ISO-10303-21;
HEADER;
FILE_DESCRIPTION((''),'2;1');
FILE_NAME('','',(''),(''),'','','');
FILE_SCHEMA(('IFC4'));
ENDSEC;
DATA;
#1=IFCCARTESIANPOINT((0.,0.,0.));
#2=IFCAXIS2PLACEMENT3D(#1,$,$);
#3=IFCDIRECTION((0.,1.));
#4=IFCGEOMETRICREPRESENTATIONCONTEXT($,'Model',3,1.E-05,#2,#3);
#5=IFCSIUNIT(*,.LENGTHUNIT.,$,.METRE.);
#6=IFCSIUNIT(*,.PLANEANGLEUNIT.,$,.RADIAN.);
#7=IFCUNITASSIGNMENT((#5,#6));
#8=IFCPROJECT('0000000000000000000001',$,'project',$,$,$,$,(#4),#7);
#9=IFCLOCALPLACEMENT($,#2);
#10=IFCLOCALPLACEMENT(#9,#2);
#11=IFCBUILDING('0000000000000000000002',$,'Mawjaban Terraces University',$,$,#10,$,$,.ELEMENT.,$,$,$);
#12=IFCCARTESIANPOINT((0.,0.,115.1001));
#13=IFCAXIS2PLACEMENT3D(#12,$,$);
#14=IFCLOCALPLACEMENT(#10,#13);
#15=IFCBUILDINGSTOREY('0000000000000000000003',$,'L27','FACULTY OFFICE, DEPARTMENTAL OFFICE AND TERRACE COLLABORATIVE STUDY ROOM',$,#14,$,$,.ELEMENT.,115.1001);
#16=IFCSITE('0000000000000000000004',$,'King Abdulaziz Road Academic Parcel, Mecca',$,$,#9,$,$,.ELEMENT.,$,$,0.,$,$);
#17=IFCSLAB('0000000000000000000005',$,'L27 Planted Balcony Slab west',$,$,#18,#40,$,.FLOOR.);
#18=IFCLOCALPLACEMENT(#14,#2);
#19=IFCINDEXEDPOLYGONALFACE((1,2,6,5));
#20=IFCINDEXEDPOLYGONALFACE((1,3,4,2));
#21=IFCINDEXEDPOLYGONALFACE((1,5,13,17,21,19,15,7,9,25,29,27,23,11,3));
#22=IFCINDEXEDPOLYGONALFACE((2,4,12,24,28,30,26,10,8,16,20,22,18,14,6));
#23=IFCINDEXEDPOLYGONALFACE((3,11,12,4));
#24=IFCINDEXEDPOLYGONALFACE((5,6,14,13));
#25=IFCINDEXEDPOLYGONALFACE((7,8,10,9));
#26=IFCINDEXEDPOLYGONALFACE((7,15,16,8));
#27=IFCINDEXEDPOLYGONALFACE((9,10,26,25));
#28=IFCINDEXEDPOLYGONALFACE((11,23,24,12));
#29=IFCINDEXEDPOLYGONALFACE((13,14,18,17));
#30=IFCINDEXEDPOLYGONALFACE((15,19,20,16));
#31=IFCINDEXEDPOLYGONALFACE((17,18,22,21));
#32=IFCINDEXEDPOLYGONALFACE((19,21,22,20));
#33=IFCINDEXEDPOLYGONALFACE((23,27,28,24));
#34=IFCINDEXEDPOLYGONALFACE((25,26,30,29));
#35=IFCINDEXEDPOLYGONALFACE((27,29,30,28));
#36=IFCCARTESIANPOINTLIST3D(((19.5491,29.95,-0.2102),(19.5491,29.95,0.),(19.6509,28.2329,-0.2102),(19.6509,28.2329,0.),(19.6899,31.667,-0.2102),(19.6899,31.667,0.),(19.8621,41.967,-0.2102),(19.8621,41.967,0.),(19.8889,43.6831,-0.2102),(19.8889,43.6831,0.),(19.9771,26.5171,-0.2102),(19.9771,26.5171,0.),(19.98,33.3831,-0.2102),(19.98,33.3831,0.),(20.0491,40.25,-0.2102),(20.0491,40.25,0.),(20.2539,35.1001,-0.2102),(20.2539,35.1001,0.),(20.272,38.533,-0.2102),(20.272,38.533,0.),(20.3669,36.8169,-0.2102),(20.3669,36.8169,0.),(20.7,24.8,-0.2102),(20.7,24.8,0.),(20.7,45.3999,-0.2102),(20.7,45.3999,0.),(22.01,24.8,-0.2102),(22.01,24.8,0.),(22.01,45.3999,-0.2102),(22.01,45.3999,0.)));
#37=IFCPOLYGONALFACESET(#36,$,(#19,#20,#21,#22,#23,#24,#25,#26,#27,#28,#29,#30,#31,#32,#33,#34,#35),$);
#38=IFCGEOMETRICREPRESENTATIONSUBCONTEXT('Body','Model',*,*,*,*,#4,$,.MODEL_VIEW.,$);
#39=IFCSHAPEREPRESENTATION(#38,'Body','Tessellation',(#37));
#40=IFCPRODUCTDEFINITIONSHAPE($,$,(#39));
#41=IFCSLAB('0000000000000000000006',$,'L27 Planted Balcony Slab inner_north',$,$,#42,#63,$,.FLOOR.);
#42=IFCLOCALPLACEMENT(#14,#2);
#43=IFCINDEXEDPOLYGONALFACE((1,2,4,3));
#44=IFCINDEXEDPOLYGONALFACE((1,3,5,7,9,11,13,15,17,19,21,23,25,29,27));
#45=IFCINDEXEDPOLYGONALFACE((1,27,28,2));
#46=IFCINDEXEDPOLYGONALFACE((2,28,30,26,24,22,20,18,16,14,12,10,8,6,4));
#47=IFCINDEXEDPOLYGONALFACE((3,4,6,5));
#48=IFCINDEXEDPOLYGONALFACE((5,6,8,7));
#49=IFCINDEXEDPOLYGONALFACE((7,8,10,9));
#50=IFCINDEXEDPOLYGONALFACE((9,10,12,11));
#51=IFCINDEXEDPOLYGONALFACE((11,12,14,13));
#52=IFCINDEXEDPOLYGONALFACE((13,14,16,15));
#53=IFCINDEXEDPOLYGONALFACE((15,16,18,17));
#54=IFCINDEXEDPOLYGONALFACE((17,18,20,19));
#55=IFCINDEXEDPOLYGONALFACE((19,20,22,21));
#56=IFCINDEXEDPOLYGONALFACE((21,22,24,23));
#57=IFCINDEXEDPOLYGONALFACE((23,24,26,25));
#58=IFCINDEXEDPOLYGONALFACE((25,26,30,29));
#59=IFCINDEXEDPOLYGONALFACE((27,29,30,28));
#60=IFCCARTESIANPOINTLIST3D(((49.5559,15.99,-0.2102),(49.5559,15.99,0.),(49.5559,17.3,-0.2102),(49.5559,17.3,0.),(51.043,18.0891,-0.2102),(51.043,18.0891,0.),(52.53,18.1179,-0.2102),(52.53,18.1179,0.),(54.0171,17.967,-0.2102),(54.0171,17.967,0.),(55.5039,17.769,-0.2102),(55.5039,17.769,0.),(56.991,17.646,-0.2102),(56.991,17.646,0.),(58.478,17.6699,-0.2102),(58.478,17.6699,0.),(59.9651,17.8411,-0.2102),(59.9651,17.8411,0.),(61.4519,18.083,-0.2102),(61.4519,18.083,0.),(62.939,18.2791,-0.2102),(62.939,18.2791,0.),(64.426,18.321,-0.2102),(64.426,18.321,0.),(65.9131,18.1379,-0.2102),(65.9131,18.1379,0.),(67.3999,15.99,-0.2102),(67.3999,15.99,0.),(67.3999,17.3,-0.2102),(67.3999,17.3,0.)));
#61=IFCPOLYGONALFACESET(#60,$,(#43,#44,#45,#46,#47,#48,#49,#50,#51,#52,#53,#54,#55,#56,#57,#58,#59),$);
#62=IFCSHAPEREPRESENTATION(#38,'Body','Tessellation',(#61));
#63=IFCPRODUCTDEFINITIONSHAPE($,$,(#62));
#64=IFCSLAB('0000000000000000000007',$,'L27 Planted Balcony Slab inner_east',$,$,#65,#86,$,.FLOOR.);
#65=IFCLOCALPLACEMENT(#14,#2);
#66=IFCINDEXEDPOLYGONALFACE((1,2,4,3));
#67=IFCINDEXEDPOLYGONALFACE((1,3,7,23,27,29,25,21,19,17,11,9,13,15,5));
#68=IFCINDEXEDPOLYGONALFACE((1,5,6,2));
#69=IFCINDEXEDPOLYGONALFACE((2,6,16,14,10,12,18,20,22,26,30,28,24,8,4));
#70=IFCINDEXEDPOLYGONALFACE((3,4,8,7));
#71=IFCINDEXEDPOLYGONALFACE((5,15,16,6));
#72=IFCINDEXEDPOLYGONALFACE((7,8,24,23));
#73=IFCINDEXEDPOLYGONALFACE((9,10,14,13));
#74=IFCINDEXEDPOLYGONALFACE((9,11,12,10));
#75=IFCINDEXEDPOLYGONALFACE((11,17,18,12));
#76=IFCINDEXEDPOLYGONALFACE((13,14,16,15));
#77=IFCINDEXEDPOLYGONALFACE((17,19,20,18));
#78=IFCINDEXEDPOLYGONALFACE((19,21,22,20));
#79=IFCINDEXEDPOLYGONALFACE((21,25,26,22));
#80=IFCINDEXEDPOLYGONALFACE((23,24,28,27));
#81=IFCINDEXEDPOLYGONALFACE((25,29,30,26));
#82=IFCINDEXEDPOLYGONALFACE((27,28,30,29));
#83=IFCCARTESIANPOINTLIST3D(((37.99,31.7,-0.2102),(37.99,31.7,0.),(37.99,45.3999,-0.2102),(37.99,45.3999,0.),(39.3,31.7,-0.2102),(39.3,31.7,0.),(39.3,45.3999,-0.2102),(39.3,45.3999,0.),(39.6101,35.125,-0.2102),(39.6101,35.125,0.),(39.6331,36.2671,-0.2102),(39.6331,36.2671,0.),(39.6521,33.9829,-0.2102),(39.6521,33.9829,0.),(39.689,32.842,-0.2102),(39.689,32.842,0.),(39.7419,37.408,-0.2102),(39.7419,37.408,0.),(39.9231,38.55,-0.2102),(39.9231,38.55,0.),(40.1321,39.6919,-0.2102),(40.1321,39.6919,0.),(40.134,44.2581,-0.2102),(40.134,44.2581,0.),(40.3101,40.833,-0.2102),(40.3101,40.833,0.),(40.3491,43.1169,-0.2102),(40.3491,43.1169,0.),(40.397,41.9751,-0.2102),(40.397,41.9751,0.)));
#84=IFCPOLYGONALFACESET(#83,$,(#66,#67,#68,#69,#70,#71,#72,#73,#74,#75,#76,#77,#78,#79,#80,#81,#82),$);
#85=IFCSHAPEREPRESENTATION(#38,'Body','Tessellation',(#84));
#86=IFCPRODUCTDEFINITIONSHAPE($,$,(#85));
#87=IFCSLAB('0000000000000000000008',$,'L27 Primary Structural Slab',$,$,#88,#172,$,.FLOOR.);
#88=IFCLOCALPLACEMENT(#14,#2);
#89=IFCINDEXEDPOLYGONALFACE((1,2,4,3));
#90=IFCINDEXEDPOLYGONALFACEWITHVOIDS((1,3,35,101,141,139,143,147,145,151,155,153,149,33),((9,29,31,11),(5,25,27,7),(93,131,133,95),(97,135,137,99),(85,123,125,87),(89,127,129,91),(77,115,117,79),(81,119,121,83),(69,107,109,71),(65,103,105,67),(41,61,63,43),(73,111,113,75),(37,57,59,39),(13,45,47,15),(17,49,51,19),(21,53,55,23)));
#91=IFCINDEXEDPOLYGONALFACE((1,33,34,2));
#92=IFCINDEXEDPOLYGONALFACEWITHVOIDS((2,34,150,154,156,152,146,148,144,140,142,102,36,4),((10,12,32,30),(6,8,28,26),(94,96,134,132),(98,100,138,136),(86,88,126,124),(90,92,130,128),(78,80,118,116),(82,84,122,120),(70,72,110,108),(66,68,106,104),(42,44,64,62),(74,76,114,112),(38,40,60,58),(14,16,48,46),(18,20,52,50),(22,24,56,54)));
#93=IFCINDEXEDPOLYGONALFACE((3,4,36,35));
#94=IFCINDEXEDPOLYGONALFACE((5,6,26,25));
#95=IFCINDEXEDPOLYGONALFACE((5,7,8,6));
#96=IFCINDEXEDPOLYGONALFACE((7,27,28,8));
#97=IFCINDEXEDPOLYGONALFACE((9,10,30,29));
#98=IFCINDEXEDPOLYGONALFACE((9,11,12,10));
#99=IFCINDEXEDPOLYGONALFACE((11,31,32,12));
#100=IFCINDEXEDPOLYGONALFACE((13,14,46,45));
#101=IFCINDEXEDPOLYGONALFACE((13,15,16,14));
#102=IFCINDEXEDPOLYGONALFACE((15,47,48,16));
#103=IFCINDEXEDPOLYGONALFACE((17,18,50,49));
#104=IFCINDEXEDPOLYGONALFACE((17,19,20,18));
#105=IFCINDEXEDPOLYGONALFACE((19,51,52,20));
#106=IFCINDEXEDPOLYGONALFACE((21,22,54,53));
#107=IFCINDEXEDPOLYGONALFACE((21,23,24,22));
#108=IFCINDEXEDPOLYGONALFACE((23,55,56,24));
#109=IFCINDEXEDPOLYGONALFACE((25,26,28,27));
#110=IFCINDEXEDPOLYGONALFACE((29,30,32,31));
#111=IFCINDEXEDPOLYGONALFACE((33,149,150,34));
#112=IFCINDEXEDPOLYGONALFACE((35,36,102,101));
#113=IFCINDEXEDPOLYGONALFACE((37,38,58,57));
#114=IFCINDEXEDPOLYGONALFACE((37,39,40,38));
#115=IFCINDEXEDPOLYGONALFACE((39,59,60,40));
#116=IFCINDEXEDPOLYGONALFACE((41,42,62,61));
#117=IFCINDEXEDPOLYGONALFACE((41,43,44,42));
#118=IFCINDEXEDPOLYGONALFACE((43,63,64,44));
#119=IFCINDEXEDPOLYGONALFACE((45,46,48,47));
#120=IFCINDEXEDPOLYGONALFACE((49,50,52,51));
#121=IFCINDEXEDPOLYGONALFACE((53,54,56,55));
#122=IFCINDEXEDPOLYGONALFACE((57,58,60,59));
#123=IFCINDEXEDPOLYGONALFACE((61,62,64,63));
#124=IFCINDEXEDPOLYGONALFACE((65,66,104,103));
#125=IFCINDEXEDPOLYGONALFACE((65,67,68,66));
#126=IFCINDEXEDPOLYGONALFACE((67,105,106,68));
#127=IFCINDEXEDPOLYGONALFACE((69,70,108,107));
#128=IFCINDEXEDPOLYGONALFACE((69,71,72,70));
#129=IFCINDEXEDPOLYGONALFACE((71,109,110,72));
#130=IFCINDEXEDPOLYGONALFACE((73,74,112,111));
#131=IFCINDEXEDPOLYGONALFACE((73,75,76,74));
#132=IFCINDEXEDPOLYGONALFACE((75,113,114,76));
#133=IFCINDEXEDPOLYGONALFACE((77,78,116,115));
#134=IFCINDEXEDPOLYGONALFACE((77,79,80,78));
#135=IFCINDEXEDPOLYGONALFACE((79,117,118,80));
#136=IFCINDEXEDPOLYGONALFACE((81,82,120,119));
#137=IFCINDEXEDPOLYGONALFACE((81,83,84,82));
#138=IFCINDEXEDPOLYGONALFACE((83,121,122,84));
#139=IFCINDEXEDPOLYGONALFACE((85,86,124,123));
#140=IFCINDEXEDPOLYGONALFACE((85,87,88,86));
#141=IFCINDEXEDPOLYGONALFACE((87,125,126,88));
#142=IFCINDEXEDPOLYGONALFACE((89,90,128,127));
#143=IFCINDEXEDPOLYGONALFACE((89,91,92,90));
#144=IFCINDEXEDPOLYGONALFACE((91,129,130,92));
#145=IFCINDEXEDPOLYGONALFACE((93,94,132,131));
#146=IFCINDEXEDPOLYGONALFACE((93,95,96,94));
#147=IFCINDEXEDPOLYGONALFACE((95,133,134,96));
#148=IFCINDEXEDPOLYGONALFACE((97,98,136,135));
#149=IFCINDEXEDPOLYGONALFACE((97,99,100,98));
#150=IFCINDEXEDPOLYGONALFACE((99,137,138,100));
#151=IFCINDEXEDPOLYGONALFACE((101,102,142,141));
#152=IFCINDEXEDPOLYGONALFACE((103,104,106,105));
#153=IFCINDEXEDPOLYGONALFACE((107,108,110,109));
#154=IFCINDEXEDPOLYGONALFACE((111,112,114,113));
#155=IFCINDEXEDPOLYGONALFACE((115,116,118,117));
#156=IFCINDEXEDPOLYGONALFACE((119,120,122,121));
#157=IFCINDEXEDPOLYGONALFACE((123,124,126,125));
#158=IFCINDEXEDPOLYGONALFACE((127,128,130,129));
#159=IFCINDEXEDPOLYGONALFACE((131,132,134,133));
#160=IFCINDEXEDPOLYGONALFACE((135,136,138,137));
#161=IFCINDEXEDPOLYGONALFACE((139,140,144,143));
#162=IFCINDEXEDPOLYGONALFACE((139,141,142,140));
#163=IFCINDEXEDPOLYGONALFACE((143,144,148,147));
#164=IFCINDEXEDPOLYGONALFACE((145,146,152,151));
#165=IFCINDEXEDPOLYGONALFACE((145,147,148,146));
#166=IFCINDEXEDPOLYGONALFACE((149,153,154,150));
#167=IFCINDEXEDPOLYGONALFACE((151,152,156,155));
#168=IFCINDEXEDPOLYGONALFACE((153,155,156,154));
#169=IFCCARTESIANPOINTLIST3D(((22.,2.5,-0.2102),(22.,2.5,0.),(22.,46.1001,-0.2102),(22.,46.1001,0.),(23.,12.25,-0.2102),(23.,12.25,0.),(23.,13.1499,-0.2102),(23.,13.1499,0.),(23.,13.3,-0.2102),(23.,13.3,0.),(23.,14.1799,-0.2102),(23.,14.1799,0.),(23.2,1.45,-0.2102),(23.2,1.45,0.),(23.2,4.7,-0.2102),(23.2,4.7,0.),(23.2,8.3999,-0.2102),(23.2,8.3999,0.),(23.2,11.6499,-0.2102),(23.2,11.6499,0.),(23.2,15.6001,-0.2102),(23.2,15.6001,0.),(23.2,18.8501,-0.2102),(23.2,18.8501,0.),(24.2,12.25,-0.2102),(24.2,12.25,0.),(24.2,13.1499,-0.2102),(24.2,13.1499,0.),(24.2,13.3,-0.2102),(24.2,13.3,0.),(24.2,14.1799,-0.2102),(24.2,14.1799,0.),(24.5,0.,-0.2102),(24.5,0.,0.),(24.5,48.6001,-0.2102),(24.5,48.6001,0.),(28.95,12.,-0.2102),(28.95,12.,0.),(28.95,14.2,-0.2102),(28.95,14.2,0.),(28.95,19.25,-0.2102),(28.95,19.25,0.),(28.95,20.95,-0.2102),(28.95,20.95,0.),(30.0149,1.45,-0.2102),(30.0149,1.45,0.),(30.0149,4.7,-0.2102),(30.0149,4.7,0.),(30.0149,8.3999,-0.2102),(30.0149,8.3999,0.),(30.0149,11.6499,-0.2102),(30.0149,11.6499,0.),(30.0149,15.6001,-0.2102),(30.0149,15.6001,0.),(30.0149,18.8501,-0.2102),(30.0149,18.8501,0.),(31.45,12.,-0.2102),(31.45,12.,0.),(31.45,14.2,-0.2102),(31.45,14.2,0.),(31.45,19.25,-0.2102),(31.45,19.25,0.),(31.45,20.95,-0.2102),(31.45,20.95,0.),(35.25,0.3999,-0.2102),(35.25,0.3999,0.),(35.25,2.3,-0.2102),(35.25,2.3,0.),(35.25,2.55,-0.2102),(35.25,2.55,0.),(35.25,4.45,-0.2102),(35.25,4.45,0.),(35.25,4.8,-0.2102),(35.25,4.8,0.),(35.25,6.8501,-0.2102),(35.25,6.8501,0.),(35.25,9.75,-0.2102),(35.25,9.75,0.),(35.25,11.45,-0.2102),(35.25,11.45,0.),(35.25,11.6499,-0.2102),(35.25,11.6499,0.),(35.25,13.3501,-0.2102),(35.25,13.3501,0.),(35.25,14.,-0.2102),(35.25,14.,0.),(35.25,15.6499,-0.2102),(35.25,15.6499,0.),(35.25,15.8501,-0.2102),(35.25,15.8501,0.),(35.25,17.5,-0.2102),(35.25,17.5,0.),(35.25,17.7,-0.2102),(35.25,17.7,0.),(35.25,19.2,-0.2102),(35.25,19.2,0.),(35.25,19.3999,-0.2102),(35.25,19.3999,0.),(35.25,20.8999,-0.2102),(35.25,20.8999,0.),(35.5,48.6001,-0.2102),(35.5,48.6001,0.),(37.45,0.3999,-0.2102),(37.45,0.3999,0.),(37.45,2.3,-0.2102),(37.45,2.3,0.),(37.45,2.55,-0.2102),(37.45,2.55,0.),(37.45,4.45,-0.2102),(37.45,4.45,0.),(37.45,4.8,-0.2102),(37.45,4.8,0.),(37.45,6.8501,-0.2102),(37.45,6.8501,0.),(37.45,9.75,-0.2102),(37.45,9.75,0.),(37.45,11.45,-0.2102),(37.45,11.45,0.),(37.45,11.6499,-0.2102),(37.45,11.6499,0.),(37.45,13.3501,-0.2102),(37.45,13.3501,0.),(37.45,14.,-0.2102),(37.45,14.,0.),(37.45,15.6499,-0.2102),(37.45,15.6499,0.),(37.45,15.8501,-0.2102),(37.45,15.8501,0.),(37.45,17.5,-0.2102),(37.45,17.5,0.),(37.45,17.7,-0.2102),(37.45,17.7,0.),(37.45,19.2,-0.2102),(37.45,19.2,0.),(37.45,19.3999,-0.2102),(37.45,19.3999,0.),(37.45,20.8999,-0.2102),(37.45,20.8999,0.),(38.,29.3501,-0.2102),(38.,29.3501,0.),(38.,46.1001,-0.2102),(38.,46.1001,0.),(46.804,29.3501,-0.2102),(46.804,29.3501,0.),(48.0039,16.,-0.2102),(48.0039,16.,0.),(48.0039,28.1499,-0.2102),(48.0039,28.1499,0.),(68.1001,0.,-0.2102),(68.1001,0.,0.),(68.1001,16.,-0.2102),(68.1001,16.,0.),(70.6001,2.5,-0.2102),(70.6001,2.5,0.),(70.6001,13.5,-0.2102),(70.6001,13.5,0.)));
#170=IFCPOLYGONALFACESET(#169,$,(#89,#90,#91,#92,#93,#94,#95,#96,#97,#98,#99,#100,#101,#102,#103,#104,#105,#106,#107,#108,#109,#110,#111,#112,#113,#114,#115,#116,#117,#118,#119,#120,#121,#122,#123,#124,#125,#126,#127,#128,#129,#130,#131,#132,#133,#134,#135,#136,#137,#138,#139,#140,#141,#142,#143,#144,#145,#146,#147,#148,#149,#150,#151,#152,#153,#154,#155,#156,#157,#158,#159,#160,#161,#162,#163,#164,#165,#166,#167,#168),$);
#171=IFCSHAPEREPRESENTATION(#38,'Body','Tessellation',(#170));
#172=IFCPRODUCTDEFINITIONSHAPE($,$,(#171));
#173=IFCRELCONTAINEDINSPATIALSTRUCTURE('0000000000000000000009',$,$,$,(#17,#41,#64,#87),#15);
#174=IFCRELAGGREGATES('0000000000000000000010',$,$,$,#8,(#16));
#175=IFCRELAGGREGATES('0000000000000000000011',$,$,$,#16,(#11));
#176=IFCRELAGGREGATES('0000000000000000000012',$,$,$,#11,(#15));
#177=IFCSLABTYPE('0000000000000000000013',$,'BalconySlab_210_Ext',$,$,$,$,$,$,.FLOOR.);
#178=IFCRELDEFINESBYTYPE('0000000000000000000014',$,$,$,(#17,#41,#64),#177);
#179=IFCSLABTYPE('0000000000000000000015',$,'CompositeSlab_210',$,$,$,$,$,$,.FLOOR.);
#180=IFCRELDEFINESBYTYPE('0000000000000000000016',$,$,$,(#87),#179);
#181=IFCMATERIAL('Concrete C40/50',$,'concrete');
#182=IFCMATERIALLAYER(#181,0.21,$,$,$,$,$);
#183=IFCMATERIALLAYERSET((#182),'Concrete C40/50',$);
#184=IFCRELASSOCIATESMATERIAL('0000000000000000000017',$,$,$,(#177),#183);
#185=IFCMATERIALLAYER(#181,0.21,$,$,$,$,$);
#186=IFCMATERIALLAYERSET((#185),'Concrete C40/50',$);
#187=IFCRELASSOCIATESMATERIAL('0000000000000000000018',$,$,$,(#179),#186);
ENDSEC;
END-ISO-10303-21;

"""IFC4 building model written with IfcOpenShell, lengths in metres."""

from ifc_helpers import new_model, si_unit, direction, frame, origin, place, context, subcontext, project, spatial, polyline, outline, extrude, material, layer, layer_set, type_object, element, save


model = new_model("IFC4")

# Units and contexts
model_context = context("Model", 3, precision=1e-05, world=origin(), true_north=direction((0.0, 1.0)))
body_context = subcontext(model_context, "Body", "Model", "MODEL_VIEW")
ifc_project = project(units=[si_unit("LENGTHUNIT", "METRE"), si_unit("PLANEANGLEUNIT", "RADIAN")], contexts=[model_context])

# Site, building, storey
site_placement = place(None, origin())
site = spatial("IfcSite", under=ifc_project, at=site_placement, Name="King Abdulaziz Road Academic Parcel, Mecca", CompositionType="ELEMENT", RefElevation=0.0)
building_placement = place(site_placement, origin())
building = spatial("IfcBuilding", under=site, at=building_placement, Name="Mawjaban Terraces University", CompositionType="ELEMENT")
storey_placement = place(building_placement, frame((0.0, 0.0, 115.1001)))
storey = spatial("IfcBuildingStorey", under=building, at=storey_placement, Name="L27", Description="FACULTY OFFICE, DEPARTMENTAL OFFICE AND TERRACE COLLABORATIVE STUDY ROOM", CompositionType="ELEMENT", Elevation=115.1001)

# Slabs
ifc_material_1 = material(Name="Concrete C40/50", Category="concrete")
ifc_layer_1 = layer(ifc_material_1, 0.21)
ifc_layer_set_1 = layer_set([ifc_layer_1], Name="Concrete C40/50")
slab_type_1 = type_object("IfcSlabType", Name="BalconySlab_210_Ext", PredefinedType="FLOOR", material=ifc_layer_set_1)
slab_1_placement = place(storey_placement, frame((0.0, 0.0, -0.2102)))
element("IfcSlab", 1, at=slab_1_placement, inside=storey, type_object=slab_type_1, Name="L27 Planted Balcony Slab west", PredefinedType="FLOOR", context=body_context, shape_type="SweptSolid", body=[
    extrude(outline(polyline([(22.01, 24.8), (22.01, 45.3999), (20.7, 45.3999), (19.8889, 43.6831), (19.8621, 41.967), (20.0491, 40.25), (20.272, 38.533), (20.3669, 36.8169), (20.2539, 35.1001), (19.98, 33.3831), (19.6899, 31.667), (19.5491, 29.95), (19.6509, 28.2329), (19.9771, 26.5171), (20.7, 24.8), (22.01, 24.8)])), origin(), (0.0, 0.0, 1.0), 0.2102),
])
slab_2_placement = place(storey_placement, frame((0.0, 0.0, -0.2102)))
element("IfcSlab", 2, at=slab_2_placement, inside=storey, type_object=slab_type_1, Name="L27 Planted Balcony Slab inner_north", PredefinedType="FLOOR", context=body_context, shape_type="SweptSolid", body=[
    extrude(outline(polyline([(49.5559, 15.99), (67.3999, 15.99), (67.3999, 17.3), (65.9131, 18.1379), (64.426, 18.321), (62.939, 18.2791), (61.4519, 18.083), (59.9651, 17.8411), (58.478, 17.6699), (56.991, 17.646), (55.5039, 17.769), (54.0171, 17.967), (52.53, 18.1179), (51.043, 18.0891), (49.5559, 17.3), (49.5559, 15.99)])), origin(), (0.0, 0.0, 1.0), 0.2102),
])
slab_3_placement = place(storey_placement, frame((0.0, 0.0, -0.2102)))
element("IfcSlab", 3, at=slab_3_placement, inside=storey, type_object=slab_type_1, Name="L27 Planted Balcony Slab inner_east", PredefinedType="FLOOR", context=body_context, shape_type="SweptSolid", body=[
    extrude(outline(polyline([(39.3, 31.7), (39.689, 32.842), (39.6521, 33.9829), (39.6101, 35.125), (39.6331, 36.2671), (39.7419, 37.408), (39.9231, 38.55), (40.1321, 39.6919), (40.3101, 40.833), (40.397, 41.9751), (40.3491, 43.1169), (40.134, 44.2581), (39.3, 45.3999), (37.99, 45.3999), (37.99, 31.7), (39.3, 31.7)])), origin(), (0.0, 0.0, 1.0), 0.2102),
])
ifc_layer_2 = layer(ifc_material_1, 0.21)
ifc_layer_set_2 = layer_set([ifc_layer_2], Name="Concrete C40/50")
slab_type_2 = type_object("IfcSlabType", Name="CompositeSlab_210", PredefinedType="FLOOR", material=ifc_layer_set_2)
slab_4_placement = place(storey_placement, frame((0.0, 0.0, -0.2102)))
element("IfcSlab", 4, at=slab_4_placement, inside=storey, type_object=slab_type_2, Name="L27 Primary Structural Slab", PredefinedType="FLOOR", context=body_context, shape_type="SweptSolid", body=[
    extrude(outline(polyline([(24.5, 0.0), (68.1001, 0.0), (70.6001, 2.5), (70.6001, 13.5), (68.1001, 16.0), (48.0039, 16.0), (48.0039, 28.1499), (46.804, 29.3501), (38.0, 29.3501), (38.0, 46.1001), (35.5, 48.6001), (24.5, 48.6001), (22.0, 46.1001), (22.0, 2.5), (24.5, 0.0)]), holes=[polyline([(30.0149, 4.7), (23.2, 4.7), (23.2, 1.45), (30.0149, 1.45), (30.0149, 4.7)]), polyline([(30.0149, 18.8501), (23.2, 18.8501), (23.2, 15.6001), (30.0149, 15.6001), (30.0149, 18.8501)]), polyline([(30.0149, 11.6499), (23.2, 11.6499), (23.2, 8.3999), (30.0149, 8.3999), (30.0149, 11.6499)]), polyline([(35.25, 0.3999), (37.45, 0.3999), (37.45, 2.3), (35.25, 2.3), (35.25, 0.3999)]), polyline([(35.25, 2.55), (37.45, 2.55), (37.45, 4.45), (35.25, 4.45), (35.25, 2.55)]), polyline([(35.25, 4.8), (37.45, 4.8), (37.45, 6.8501), (35.25, 6.8501), (35.25, 4.8)]), polyline([(35.25, 9.75), (37.45, 9.75), (37.45, 11.45), (35.25, 11.45), (35.25, 9.75)]), polyline([(35.25, 11.6499), (37.45, 11.6499), (37.45, 13.3501), (35.25, 13.3501), (35.25, 11.6499)]), polyline([(28.95, 12.0), (31.45, 12.0), (31.45, 14.2), (28.95, 14.2), (28.95, 12.0)]), polyline([(35.25, 14.0), (37.45, 14.0), (37.45, 15.6499), (35.25, 15.6499), (35.25, 14.0)]), polyline([(35.25, 15.8501), (37.45, 15.8501), (37.45, 17.5), (35.25, 17.5), (35.25, 15.8501)]), polyline([(35.25, 17.7), (37.45, 17.7), (37.45, 19.2), (35.25, 19.2), (35.25, 17.7)]), polyline([(35.25, 19.3999), (37.45, 19.3999), (37.45, 20.8999), (35.25, 20.8999), (35.25, 19.3999)]), polyline([(28.95, 19.25), (31.45, 19.25), (31.45, 20.95), (28.95, 20.95), (28.95, 19.25)]), polyline([(23.0, 12.25), (24.2, 12.25), (24.2, 13.1499), (23.0, 13.1499), (23.0, 12.25)]), polyline([(23.0, 13.3), (24.2, 13.3), (24.2, 14.1799), (23.0, 14.1799), (23.0, 13.3)])]), origin(), (0.0, 0.0, 1.0), 0.2102),
])

save(model, "model.ifc")
